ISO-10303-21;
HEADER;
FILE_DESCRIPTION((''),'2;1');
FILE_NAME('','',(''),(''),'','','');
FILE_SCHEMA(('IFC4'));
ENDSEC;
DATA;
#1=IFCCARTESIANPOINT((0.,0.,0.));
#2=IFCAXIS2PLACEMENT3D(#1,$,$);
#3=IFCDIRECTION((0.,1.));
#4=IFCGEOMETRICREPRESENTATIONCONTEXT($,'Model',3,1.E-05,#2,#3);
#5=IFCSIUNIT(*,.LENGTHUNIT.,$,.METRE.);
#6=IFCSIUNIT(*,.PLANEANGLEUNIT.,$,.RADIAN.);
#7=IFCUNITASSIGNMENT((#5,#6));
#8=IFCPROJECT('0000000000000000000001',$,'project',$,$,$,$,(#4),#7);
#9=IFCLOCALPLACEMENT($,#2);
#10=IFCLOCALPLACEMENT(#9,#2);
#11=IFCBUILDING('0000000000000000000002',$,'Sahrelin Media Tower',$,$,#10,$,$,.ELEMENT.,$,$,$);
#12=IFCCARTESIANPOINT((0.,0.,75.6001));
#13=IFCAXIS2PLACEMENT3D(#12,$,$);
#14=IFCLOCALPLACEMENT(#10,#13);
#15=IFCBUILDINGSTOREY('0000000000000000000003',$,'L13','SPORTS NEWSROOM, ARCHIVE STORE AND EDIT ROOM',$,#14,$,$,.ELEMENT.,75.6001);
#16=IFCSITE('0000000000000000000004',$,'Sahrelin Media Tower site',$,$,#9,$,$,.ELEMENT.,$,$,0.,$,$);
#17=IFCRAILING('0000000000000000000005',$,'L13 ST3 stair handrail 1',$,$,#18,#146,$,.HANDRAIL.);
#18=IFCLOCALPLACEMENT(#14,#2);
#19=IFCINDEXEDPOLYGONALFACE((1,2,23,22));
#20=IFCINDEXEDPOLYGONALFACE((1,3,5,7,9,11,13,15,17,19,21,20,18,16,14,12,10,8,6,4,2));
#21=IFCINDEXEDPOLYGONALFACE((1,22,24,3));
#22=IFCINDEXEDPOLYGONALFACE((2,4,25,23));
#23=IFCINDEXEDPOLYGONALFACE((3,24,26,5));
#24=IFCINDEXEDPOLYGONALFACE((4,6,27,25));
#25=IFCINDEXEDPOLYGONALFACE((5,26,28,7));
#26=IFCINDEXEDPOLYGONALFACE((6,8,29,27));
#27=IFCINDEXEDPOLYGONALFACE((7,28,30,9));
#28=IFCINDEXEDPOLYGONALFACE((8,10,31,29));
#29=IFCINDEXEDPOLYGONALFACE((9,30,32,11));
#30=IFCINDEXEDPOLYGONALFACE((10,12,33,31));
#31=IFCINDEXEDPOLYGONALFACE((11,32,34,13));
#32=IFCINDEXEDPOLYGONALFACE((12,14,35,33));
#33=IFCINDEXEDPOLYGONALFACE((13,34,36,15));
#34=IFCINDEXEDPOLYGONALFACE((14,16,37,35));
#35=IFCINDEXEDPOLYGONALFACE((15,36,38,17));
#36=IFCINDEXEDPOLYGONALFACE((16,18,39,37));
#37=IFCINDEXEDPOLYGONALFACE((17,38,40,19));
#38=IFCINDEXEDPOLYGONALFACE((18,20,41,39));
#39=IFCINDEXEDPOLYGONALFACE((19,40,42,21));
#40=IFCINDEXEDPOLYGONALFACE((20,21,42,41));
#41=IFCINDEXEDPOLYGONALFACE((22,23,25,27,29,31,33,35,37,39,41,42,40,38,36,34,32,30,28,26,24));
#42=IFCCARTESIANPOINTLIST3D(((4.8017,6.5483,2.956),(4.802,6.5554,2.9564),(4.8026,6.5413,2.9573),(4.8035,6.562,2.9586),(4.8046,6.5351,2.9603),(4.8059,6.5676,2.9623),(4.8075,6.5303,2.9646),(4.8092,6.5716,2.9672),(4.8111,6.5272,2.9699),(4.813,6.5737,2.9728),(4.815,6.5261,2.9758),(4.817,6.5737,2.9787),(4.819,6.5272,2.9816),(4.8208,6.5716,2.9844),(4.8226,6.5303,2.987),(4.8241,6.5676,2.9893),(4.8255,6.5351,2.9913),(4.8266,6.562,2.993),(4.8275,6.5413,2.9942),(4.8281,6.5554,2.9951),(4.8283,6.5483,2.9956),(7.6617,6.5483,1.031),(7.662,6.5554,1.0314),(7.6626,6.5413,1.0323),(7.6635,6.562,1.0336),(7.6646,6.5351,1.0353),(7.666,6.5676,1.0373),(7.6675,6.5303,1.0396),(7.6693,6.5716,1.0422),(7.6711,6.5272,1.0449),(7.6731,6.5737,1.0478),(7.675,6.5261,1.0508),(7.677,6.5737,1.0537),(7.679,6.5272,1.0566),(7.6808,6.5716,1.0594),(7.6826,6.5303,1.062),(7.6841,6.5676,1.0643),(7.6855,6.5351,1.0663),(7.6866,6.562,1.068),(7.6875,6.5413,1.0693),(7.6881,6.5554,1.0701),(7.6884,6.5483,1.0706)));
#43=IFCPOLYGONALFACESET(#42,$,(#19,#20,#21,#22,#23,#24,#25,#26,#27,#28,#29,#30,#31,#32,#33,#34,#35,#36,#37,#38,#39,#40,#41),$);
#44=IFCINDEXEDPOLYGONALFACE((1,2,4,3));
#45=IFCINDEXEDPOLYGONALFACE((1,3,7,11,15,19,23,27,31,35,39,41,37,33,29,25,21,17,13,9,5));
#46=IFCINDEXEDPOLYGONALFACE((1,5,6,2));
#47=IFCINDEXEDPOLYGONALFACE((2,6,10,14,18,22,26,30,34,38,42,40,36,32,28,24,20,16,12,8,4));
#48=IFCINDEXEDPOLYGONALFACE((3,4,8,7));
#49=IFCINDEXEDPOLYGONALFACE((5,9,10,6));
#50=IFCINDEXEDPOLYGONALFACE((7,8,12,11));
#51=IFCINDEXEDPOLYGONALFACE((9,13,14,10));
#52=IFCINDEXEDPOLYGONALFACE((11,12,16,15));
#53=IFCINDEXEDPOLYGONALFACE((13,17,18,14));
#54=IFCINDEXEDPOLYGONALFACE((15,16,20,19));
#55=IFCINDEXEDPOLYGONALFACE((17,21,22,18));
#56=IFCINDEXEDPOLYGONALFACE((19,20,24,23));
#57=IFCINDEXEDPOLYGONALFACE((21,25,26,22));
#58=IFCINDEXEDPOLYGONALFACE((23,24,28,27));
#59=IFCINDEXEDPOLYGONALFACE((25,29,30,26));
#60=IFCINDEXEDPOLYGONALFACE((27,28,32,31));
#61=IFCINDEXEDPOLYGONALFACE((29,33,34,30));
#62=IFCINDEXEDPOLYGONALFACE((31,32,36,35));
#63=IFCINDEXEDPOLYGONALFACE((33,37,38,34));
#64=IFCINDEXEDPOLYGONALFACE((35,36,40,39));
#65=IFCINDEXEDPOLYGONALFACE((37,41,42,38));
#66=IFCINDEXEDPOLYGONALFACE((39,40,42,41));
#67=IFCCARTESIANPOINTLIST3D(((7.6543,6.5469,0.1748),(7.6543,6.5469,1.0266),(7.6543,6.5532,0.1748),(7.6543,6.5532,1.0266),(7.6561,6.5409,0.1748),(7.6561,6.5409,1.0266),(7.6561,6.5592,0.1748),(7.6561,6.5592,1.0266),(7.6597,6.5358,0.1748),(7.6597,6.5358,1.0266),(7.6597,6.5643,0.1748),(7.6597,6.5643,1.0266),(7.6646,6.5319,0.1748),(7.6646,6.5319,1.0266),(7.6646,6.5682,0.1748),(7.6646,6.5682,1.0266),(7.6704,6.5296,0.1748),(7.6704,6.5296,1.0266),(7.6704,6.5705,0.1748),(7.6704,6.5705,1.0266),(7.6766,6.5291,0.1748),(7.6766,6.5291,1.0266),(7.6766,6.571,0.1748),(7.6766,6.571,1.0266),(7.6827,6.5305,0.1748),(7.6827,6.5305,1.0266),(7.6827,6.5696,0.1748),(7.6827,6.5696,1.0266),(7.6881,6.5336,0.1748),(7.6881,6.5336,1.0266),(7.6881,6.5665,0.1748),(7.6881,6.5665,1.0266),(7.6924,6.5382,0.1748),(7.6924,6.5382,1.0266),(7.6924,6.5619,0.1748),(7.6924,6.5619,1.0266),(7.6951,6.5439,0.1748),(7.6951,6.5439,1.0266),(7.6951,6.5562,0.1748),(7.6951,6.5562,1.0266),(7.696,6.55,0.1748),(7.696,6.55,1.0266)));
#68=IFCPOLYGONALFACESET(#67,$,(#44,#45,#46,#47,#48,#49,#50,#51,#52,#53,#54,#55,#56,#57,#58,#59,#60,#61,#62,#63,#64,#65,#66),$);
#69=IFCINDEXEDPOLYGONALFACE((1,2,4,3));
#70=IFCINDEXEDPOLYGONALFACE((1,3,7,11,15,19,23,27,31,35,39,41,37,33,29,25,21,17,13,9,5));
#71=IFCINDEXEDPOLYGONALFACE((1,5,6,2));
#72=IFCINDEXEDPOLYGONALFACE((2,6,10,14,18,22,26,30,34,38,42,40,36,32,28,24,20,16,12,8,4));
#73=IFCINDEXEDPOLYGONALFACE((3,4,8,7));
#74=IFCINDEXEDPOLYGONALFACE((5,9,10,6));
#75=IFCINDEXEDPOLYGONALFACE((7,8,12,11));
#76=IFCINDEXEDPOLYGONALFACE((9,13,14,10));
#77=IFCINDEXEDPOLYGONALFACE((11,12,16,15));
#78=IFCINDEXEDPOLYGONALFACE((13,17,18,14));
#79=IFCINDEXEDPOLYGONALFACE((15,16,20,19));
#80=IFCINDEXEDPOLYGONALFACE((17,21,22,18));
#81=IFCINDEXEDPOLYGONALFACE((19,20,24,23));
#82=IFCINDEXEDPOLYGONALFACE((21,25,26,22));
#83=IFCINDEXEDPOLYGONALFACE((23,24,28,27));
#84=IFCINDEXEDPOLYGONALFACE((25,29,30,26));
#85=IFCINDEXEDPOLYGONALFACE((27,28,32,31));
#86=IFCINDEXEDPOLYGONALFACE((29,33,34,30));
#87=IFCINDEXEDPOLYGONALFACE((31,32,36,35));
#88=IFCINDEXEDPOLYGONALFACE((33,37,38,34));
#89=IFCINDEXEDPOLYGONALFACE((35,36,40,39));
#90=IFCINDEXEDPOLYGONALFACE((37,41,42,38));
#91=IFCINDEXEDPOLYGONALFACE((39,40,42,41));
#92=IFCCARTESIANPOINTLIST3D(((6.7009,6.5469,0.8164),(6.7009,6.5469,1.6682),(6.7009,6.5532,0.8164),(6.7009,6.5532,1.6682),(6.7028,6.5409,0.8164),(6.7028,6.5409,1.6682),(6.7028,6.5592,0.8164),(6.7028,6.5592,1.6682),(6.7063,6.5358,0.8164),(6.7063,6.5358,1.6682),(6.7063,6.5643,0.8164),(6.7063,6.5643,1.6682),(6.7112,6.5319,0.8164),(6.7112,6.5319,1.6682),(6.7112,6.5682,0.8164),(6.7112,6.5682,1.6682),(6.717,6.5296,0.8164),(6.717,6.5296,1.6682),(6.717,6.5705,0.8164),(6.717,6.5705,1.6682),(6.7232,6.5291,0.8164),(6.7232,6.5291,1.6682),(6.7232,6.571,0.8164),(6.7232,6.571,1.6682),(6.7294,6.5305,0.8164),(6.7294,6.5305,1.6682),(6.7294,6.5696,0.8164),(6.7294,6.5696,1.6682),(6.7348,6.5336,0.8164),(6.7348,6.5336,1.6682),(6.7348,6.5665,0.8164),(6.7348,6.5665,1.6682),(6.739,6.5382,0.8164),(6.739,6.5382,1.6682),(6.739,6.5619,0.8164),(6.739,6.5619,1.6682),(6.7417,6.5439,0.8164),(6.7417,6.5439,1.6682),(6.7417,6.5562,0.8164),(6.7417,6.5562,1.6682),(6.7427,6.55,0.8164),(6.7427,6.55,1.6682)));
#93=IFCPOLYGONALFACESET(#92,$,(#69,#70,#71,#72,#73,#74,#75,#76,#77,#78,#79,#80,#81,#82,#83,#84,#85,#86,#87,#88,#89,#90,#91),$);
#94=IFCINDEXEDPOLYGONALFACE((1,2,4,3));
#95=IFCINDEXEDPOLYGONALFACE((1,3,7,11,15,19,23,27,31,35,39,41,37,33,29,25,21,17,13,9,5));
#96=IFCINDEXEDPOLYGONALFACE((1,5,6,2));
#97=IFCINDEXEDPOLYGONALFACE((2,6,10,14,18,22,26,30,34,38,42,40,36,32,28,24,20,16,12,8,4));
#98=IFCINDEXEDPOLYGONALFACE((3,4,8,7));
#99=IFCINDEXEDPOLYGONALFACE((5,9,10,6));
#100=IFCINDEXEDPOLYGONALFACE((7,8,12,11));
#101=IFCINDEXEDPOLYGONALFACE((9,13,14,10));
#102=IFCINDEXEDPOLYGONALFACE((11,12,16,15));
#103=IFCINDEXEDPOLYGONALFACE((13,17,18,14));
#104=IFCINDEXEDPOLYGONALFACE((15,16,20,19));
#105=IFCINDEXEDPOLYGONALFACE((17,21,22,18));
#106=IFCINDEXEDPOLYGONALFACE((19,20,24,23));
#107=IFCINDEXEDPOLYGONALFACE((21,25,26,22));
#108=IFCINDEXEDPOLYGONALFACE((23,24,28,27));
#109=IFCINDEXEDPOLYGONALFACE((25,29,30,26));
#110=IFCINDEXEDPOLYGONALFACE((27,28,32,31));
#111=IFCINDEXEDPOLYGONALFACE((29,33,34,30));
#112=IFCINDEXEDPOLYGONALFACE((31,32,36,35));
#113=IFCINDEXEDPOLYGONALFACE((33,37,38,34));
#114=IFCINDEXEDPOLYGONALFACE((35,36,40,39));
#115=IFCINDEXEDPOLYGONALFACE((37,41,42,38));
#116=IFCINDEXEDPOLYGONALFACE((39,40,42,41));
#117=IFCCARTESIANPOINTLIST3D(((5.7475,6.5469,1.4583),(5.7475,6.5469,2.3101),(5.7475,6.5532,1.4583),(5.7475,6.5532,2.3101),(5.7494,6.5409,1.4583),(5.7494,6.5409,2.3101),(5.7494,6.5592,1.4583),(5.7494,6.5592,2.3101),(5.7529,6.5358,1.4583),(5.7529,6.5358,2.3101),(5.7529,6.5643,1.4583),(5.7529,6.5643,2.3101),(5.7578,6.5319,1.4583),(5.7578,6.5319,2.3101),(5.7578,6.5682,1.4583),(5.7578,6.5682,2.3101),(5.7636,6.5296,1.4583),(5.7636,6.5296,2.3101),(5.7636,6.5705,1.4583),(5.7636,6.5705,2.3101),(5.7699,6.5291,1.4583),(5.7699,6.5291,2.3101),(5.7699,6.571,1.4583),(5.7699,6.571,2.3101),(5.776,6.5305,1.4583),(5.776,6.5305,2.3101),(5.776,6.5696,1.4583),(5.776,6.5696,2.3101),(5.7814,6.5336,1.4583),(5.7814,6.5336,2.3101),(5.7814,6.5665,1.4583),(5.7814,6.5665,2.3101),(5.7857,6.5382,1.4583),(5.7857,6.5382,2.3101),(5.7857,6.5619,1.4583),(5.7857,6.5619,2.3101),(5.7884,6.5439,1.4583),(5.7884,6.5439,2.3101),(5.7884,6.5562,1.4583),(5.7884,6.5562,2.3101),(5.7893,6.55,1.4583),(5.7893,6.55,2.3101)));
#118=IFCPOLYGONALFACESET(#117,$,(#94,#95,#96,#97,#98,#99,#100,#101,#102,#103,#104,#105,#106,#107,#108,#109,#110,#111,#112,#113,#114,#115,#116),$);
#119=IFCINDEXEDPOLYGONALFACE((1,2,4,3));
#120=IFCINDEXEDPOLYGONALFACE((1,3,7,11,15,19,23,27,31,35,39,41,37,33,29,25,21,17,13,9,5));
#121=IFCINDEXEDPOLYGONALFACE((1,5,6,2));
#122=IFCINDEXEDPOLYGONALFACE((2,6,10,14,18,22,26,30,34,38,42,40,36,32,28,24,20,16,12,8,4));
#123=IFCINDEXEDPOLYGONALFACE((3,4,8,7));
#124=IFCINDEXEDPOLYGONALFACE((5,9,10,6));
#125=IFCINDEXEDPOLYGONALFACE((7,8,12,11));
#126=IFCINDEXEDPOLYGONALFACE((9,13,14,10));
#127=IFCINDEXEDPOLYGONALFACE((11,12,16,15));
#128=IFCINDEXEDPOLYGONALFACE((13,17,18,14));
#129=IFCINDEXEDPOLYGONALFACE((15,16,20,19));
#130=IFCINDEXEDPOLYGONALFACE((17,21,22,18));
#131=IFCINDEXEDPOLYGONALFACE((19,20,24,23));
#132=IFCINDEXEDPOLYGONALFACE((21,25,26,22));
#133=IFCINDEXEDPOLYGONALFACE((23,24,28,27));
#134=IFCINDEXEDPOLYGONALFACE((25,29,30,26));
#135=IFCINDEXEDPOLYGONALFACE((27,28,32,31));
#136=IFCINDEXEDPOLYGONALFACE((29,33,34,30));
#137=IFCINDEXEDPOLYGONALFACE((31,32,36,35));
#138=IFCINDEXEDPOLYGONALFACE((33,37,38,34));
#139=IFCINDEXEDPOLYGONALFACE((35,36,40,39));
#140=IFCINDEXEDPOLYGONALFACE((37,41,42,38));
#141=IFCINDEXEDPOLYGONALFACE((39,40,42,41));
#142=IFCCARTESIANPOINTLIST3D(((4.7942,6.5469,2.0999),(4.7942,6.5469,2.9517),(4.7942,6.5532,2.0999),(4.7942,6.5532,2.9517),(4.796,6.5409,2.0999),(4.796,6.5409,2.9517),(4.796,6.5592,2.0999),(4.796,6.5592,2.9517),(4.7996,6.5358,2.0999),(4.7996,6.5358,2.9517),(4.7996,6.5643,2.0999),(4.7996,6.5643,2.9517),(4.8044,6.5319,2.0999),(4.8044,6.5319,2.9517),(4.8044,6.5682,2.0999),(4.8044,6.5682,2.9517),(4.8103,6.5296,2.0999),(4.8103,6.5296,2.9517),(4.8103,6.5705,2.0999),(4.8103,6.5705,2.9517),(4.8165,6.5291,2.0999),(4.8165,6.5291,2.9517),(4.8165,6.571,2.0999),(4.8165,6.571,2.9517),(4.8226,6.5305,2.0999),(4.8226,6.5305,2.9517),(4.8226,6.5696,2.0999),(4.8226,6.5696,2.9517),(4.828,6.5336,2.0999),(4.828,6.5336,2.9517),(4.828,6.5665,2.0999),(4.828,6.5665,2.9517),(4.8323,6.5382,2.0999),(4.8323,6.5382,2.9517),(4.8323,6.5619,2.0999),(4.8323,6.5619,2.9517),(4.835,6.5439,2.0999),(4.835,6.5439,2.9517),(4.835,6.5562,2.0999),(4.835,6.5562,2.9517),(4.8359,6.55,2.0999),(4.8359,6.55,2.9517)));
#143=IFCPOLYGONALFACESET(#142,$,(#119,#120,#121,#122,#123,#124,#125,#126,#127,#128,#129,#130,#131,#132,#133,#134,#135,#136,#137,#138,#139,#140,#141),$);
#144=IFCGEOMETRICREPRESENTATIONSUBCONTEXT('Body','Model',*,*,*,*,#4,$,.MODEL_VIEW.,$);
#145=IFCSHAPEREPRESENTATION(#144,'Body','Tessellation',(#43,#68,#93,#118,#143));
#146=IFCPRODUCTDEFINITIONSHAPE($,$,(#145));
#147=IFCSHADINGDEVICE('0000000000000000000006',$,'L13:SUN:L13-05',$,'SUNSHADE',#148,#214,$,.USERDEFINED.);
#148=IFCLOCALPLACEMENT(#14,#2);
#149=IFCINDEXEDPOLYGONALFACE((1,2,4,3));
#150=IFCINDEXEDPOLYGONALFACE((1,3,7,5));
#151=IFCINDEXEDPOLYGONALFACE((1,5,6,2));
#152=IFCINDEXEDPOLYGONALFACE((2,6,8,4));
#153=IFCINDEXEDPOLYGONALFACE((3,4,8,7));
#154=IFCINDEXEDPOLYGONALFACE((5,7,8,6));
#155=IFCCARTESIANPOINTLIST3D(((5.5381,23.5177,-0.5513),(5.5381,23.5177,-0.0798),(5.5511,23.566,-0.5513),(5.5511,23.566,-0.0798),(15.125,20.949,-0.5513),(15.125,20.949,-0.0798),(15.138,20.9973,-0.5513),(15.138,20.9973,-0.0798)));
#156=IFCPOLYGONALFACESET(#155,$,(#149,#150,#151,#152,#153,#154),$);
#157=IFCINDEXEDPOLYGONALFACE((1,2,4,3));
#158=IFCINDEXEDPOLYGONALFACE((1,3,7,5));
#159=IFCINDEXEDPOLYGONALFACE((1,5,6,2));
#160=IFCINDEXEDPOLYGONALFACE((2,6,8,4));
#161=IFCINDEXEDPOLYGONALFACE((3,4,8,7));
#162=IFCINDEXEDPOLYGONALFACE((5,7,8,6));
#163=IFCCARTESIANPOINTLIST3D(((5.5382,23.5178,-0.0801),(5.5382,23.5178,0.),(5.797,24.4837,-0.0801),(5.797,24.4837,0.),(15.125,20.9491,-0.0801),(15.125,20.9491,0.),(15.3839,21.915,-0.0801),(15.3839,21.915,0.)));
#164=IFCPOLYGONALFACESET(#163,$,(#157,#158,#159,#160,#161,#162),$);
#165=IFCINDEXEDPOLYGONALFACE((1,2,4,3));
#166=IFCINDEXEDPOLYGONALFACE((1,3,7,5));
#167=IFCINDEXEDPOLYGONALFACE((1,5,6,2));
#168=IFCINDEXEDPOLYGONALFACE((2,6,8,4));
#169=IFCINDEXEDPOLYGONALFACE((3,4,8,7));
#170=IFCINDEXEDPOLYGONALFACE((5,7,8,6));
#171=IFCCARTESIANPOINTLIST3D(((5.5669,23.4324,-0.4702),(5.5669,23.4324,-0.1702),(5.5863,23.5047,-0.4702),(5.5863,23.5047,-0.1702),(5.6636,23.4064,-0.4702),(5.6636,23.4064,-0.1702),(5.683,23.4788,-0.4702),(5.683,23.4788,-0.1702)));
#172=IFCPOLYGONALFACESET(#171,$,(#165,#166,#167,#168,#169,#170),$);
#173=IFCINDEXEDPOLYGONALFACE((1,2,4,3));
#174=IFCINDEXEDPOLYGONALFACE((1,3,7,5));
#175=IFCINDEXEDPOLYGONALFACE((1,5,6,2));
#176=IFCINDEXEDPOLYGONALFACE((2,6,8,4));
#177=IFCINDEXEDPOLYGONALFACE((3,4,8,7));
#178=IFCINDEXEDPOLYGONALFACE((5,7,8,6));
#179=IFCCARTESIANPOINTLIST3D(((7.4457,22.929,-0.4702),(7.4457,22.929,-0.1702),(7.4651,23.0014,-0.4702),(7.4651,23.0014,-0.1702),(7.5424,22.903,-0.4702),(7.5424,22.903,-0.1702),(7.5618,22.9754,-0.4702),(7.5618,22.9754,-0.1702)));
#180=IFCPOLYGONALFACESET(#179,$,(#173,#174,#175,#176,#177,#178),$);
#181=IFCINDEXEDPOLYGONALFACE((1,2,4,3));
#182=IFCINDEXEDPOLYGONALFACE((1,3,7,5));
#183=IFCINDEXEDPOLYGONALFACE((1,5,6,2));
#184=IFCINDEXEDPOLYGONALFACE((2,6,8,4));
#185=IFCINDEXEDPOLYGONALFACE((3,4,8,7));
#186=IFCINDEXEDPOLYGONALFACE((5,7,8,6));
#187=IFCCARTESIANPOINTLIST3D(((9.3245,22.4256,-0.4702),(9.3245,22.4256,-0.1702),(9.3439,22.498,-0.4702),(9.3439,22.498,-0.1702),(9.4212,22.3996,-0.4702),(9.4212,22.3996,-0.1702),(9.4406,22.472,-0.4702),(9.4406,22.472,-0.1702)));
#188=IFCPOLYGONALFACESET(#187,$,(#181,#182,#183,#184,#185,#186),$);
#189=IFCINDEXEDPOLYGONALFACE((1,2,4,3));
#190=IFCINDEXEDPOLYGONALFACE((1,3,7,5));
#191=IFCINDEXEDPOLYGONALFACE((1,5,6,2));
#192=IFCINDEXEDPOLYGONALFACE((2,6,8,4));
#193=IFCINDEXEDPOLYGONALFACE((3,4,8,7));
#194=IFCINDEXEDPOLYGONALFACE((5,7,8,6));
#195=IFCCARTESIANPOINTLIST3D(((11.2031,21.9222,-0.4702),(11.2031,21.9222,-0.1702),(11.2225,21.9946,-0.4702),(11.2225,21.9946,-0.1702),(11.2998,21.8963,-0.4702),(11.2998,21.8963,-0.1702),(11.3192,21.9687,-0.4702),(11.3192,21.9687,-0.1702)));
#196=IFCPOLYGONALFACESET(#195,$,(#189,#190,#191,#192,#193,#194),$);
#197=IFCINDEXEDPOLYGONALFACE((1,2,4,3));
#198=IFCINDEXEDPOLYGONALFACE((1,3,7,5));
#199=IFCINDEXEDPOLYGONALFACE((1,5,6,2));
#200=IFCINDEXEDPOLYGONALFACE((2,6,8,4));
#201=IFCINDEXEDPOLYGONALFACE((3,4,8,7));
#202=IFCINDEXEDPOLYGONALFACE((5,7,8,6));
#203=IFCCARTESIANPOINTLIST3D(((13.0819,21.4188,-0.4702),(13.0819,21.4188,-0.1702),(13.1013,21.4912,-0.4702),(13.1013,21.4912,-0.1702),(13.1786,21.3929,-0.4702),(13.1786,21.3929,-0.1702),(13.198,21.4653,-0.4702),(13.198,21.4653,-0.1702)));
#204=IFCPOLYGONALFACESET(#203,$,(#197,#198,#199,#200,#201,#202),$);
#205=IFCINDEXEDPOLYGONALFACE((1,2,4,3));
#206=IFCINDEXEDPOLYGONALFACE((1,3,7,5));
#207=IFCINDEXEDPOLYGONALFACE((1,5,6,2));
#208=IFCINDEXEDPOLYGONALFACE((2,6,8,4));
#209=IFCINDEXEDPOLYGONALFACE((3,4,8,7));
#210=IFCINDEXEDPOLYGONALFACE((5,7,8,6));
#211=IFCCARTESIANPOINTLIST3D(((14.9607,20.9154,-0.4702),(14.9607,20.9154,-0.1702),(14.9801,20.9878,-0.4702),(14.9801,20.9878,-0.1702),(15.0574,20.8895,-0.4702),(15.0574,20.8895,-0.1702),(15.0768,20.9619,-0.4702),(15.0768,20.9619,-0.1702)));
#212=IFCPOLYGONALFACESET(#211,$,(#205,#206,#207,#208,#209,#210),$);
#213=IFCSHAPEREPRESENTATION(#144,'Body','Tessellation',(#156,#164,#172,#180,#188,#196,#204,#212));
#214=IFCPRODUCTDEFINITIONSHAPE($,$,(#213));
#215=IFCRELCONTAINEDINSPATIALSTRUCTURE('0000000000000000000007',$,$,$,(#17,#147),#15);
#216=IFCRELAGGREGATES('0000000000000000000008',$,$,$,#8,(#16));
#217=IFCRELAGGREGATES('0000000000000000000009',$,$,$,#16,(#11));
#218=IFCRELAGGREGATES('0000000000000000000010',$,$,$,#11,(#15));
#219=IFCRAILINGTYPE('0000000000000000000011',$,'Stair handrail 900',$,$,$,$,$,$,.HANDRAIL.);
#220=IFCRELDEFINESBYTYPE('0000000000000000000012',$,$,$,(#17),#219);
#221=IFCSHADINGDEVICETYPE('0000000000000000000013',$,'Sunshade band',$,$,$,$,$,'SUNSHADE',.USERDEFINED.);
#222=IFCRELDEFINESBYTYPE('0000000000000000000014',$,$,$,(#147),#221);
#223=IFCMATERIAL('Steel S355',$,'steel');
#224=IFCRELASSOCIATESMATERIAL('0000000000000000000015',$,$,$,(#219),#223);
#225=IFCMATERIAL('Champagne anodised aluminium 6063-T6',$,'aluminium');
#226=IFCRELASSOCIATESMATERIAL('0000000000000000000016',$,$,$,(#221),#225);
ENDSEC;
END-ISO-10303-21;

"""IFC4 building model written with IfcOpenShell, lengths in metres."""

from ifc_helpers import new_model, si_unit, direction, frame, origin, origin_2d, place, context, subcontext, project, spatial, rectangle, circle, extrude, material, type_object, element, save


model = new_model("IFC4")

# Units and contexts
model_context = context("Model", 3, precision=1e-05, world=origin(), true_north=direction((0.0, 1.0)))
body_context = subcontext(model_context, "Body", "Model", "MODEL_VIEW")
ifc_project = project(units=[si_unit("LENGTHUNIT", "METRE"), si_unit("PLANEANGLEUNIT", "RADIAN")], contexts=[model_context])

# Site, building, storey
site_placement = place(None, origin())
site = spatial("IfcSite", under=ifc_project, at=site_placement, Name="Sahrelin Media Tower site", CompositionType="ELEMENT", RefElevation=0.0)
building_placement = place(site_placement, origin())
building = spatial("IfcBuilding", under=site, at=building_placement, Name="Sahrelin Media Tower", CompositionType="ELEMENT")
storey_placement = place(building_placement, frame((0.0, 0.0, 75.6001)))
storey = spatial("IfcBuildingStorey", under=building, at=storey_placement, Name="L13", Description="SPORTS NEWSROOM, ARCHIVE STORE AND EDIT ROOM", CompositionType="ELEMENT", Elevation=75.6001)

# Shared definitions
ifc_material_1 = material(Name="Steel S355", Category="steel")

# Shared definitions
ifc_material_2 = material(Name="Champagne anodised aluminium 6063-T6", Category="aluminium")

# Railing
railing_type_1 = type_object("IfcRailingType", Name="Stair handrail 900", PredefinedType="HANDRAIL", material=ifc_material_1)
railing_1_placement = place(storey_placement, frame((7.675, 6.55, 0.1748)))
element("IfcRailing", 1, at=railing_1_placement, inside=storey, type_object=railing_type_1, Name="L13 ST3 stair handrail 1", PredefinedType="HANDRAIL", context=body_context, shape_type="SweptSolid", body=[
    extrude(circle(Radius=0.0239, at=origin_2d()), frame((0.0, 0.0, 0.876), z_axis=(-0.829591, 0.0, 0.558372), x_axis=(0.0, -1.0, 0.0)), (0.0, 0.0, 1.0), 3.4475),
    extrude(circle(Radius=0.021, at=origin_2d()), origin(), (0.0, 0.0, 1.0), 0.8518),
    extrude(circle(Radius=0.021, at=origin_2d()), frame((-0.9534, 0.0, 0.6416)), (0.0, 0.0, 1.0), 0.8518),
    extrude(circle(Radius=0.021, at=origin_2d()), frame((-1.9067, 0.0, 1.2834)), (0.0, 0.0, 1.0), 0.8518),
    extrude(circle(Radius=0.021, at=origin_2d()), frame((-2.8601, 0.0, 1.925)), (0.0, 0.0, 1.0), 0.8518),
])

# Shading device
shading_device_type_1 = type_object("IfcShadingDeviceType", Name="Sunshade band", ElementType="SUNSHADE", PredefinedType="USERDEFINED", material=ifc_material_2)
shading_device_1_placement = place(storey_placement, frame((10.3264, 22.2141, 0.0), z_axis=(0.0, 0.0, 1.0), x_axis=(0.965929, -0.258808, 0.0)))
element("IfcShadingDevice", 2, at=shading_device_1_placement, inside=storey, type_object=shading_device_type_1, Name="L13:SUN:L13-05", ObjectType="SUNSHADE", PredefinedType="USERDEFINED", context=body_context, shape_type="SweptSolid", body=[
    extrude(rectangle(XDim=9.925, YDim=0.05, at=origin_2d()), frame((0.0, 0.0449, -0.5513)), (0.0, 0.0, 1.0), 0.4714),
    extrude(rectangle(XDim=9.925, YDim=1.0, at=origin_2d()), frame((0.0, 0.52, -0.0801)), (0.0, 0.0, 1.0), 0.0801),
    extrude(rectangle(XDim=0.1001, YDim=0.075, at=origin_2d()), frame((-4.8625, -0.0176, -0.4702)), (0.0, 0.0, 1.0), 0.3),
    extrude(rectangle(XDim=0.1001, YDim=0.075, at=origin_2d()), frame((-2.9175, -0.0176, -0.4702)), (0.0, 0.0, 1.0), 0.3),
    extrude(rectangle(XDim=0.1001, YDim=0.075, at=origin_2d()), frame((-0.9724, -0.0176, -0.4702)), (0.0, 0.0, 1.0), 0.3),
    extrude(rectangle(XDim=0.1001, YDim=0.075, at=origin_2d()), frame((0.9724, -0.0176, -0.4702)), (0.0, 0.0, 1.0), 0.3),
    extrude(rectangle(XDim=0.1001, YDim=0.075, at=origin_2d()), frame((2.9175, -0.0176, -0.4702)), (0.0, 0.0, 1.0), 0.3),
    extrude(rectangle(XDim=0.1001, YDim=0.075, at=origin_2d()), frame((4.8625, -0.0176, -0.4702)), (0.0, 0.0, 1.0), 0.3),
])

save(model, "model.ifc")
